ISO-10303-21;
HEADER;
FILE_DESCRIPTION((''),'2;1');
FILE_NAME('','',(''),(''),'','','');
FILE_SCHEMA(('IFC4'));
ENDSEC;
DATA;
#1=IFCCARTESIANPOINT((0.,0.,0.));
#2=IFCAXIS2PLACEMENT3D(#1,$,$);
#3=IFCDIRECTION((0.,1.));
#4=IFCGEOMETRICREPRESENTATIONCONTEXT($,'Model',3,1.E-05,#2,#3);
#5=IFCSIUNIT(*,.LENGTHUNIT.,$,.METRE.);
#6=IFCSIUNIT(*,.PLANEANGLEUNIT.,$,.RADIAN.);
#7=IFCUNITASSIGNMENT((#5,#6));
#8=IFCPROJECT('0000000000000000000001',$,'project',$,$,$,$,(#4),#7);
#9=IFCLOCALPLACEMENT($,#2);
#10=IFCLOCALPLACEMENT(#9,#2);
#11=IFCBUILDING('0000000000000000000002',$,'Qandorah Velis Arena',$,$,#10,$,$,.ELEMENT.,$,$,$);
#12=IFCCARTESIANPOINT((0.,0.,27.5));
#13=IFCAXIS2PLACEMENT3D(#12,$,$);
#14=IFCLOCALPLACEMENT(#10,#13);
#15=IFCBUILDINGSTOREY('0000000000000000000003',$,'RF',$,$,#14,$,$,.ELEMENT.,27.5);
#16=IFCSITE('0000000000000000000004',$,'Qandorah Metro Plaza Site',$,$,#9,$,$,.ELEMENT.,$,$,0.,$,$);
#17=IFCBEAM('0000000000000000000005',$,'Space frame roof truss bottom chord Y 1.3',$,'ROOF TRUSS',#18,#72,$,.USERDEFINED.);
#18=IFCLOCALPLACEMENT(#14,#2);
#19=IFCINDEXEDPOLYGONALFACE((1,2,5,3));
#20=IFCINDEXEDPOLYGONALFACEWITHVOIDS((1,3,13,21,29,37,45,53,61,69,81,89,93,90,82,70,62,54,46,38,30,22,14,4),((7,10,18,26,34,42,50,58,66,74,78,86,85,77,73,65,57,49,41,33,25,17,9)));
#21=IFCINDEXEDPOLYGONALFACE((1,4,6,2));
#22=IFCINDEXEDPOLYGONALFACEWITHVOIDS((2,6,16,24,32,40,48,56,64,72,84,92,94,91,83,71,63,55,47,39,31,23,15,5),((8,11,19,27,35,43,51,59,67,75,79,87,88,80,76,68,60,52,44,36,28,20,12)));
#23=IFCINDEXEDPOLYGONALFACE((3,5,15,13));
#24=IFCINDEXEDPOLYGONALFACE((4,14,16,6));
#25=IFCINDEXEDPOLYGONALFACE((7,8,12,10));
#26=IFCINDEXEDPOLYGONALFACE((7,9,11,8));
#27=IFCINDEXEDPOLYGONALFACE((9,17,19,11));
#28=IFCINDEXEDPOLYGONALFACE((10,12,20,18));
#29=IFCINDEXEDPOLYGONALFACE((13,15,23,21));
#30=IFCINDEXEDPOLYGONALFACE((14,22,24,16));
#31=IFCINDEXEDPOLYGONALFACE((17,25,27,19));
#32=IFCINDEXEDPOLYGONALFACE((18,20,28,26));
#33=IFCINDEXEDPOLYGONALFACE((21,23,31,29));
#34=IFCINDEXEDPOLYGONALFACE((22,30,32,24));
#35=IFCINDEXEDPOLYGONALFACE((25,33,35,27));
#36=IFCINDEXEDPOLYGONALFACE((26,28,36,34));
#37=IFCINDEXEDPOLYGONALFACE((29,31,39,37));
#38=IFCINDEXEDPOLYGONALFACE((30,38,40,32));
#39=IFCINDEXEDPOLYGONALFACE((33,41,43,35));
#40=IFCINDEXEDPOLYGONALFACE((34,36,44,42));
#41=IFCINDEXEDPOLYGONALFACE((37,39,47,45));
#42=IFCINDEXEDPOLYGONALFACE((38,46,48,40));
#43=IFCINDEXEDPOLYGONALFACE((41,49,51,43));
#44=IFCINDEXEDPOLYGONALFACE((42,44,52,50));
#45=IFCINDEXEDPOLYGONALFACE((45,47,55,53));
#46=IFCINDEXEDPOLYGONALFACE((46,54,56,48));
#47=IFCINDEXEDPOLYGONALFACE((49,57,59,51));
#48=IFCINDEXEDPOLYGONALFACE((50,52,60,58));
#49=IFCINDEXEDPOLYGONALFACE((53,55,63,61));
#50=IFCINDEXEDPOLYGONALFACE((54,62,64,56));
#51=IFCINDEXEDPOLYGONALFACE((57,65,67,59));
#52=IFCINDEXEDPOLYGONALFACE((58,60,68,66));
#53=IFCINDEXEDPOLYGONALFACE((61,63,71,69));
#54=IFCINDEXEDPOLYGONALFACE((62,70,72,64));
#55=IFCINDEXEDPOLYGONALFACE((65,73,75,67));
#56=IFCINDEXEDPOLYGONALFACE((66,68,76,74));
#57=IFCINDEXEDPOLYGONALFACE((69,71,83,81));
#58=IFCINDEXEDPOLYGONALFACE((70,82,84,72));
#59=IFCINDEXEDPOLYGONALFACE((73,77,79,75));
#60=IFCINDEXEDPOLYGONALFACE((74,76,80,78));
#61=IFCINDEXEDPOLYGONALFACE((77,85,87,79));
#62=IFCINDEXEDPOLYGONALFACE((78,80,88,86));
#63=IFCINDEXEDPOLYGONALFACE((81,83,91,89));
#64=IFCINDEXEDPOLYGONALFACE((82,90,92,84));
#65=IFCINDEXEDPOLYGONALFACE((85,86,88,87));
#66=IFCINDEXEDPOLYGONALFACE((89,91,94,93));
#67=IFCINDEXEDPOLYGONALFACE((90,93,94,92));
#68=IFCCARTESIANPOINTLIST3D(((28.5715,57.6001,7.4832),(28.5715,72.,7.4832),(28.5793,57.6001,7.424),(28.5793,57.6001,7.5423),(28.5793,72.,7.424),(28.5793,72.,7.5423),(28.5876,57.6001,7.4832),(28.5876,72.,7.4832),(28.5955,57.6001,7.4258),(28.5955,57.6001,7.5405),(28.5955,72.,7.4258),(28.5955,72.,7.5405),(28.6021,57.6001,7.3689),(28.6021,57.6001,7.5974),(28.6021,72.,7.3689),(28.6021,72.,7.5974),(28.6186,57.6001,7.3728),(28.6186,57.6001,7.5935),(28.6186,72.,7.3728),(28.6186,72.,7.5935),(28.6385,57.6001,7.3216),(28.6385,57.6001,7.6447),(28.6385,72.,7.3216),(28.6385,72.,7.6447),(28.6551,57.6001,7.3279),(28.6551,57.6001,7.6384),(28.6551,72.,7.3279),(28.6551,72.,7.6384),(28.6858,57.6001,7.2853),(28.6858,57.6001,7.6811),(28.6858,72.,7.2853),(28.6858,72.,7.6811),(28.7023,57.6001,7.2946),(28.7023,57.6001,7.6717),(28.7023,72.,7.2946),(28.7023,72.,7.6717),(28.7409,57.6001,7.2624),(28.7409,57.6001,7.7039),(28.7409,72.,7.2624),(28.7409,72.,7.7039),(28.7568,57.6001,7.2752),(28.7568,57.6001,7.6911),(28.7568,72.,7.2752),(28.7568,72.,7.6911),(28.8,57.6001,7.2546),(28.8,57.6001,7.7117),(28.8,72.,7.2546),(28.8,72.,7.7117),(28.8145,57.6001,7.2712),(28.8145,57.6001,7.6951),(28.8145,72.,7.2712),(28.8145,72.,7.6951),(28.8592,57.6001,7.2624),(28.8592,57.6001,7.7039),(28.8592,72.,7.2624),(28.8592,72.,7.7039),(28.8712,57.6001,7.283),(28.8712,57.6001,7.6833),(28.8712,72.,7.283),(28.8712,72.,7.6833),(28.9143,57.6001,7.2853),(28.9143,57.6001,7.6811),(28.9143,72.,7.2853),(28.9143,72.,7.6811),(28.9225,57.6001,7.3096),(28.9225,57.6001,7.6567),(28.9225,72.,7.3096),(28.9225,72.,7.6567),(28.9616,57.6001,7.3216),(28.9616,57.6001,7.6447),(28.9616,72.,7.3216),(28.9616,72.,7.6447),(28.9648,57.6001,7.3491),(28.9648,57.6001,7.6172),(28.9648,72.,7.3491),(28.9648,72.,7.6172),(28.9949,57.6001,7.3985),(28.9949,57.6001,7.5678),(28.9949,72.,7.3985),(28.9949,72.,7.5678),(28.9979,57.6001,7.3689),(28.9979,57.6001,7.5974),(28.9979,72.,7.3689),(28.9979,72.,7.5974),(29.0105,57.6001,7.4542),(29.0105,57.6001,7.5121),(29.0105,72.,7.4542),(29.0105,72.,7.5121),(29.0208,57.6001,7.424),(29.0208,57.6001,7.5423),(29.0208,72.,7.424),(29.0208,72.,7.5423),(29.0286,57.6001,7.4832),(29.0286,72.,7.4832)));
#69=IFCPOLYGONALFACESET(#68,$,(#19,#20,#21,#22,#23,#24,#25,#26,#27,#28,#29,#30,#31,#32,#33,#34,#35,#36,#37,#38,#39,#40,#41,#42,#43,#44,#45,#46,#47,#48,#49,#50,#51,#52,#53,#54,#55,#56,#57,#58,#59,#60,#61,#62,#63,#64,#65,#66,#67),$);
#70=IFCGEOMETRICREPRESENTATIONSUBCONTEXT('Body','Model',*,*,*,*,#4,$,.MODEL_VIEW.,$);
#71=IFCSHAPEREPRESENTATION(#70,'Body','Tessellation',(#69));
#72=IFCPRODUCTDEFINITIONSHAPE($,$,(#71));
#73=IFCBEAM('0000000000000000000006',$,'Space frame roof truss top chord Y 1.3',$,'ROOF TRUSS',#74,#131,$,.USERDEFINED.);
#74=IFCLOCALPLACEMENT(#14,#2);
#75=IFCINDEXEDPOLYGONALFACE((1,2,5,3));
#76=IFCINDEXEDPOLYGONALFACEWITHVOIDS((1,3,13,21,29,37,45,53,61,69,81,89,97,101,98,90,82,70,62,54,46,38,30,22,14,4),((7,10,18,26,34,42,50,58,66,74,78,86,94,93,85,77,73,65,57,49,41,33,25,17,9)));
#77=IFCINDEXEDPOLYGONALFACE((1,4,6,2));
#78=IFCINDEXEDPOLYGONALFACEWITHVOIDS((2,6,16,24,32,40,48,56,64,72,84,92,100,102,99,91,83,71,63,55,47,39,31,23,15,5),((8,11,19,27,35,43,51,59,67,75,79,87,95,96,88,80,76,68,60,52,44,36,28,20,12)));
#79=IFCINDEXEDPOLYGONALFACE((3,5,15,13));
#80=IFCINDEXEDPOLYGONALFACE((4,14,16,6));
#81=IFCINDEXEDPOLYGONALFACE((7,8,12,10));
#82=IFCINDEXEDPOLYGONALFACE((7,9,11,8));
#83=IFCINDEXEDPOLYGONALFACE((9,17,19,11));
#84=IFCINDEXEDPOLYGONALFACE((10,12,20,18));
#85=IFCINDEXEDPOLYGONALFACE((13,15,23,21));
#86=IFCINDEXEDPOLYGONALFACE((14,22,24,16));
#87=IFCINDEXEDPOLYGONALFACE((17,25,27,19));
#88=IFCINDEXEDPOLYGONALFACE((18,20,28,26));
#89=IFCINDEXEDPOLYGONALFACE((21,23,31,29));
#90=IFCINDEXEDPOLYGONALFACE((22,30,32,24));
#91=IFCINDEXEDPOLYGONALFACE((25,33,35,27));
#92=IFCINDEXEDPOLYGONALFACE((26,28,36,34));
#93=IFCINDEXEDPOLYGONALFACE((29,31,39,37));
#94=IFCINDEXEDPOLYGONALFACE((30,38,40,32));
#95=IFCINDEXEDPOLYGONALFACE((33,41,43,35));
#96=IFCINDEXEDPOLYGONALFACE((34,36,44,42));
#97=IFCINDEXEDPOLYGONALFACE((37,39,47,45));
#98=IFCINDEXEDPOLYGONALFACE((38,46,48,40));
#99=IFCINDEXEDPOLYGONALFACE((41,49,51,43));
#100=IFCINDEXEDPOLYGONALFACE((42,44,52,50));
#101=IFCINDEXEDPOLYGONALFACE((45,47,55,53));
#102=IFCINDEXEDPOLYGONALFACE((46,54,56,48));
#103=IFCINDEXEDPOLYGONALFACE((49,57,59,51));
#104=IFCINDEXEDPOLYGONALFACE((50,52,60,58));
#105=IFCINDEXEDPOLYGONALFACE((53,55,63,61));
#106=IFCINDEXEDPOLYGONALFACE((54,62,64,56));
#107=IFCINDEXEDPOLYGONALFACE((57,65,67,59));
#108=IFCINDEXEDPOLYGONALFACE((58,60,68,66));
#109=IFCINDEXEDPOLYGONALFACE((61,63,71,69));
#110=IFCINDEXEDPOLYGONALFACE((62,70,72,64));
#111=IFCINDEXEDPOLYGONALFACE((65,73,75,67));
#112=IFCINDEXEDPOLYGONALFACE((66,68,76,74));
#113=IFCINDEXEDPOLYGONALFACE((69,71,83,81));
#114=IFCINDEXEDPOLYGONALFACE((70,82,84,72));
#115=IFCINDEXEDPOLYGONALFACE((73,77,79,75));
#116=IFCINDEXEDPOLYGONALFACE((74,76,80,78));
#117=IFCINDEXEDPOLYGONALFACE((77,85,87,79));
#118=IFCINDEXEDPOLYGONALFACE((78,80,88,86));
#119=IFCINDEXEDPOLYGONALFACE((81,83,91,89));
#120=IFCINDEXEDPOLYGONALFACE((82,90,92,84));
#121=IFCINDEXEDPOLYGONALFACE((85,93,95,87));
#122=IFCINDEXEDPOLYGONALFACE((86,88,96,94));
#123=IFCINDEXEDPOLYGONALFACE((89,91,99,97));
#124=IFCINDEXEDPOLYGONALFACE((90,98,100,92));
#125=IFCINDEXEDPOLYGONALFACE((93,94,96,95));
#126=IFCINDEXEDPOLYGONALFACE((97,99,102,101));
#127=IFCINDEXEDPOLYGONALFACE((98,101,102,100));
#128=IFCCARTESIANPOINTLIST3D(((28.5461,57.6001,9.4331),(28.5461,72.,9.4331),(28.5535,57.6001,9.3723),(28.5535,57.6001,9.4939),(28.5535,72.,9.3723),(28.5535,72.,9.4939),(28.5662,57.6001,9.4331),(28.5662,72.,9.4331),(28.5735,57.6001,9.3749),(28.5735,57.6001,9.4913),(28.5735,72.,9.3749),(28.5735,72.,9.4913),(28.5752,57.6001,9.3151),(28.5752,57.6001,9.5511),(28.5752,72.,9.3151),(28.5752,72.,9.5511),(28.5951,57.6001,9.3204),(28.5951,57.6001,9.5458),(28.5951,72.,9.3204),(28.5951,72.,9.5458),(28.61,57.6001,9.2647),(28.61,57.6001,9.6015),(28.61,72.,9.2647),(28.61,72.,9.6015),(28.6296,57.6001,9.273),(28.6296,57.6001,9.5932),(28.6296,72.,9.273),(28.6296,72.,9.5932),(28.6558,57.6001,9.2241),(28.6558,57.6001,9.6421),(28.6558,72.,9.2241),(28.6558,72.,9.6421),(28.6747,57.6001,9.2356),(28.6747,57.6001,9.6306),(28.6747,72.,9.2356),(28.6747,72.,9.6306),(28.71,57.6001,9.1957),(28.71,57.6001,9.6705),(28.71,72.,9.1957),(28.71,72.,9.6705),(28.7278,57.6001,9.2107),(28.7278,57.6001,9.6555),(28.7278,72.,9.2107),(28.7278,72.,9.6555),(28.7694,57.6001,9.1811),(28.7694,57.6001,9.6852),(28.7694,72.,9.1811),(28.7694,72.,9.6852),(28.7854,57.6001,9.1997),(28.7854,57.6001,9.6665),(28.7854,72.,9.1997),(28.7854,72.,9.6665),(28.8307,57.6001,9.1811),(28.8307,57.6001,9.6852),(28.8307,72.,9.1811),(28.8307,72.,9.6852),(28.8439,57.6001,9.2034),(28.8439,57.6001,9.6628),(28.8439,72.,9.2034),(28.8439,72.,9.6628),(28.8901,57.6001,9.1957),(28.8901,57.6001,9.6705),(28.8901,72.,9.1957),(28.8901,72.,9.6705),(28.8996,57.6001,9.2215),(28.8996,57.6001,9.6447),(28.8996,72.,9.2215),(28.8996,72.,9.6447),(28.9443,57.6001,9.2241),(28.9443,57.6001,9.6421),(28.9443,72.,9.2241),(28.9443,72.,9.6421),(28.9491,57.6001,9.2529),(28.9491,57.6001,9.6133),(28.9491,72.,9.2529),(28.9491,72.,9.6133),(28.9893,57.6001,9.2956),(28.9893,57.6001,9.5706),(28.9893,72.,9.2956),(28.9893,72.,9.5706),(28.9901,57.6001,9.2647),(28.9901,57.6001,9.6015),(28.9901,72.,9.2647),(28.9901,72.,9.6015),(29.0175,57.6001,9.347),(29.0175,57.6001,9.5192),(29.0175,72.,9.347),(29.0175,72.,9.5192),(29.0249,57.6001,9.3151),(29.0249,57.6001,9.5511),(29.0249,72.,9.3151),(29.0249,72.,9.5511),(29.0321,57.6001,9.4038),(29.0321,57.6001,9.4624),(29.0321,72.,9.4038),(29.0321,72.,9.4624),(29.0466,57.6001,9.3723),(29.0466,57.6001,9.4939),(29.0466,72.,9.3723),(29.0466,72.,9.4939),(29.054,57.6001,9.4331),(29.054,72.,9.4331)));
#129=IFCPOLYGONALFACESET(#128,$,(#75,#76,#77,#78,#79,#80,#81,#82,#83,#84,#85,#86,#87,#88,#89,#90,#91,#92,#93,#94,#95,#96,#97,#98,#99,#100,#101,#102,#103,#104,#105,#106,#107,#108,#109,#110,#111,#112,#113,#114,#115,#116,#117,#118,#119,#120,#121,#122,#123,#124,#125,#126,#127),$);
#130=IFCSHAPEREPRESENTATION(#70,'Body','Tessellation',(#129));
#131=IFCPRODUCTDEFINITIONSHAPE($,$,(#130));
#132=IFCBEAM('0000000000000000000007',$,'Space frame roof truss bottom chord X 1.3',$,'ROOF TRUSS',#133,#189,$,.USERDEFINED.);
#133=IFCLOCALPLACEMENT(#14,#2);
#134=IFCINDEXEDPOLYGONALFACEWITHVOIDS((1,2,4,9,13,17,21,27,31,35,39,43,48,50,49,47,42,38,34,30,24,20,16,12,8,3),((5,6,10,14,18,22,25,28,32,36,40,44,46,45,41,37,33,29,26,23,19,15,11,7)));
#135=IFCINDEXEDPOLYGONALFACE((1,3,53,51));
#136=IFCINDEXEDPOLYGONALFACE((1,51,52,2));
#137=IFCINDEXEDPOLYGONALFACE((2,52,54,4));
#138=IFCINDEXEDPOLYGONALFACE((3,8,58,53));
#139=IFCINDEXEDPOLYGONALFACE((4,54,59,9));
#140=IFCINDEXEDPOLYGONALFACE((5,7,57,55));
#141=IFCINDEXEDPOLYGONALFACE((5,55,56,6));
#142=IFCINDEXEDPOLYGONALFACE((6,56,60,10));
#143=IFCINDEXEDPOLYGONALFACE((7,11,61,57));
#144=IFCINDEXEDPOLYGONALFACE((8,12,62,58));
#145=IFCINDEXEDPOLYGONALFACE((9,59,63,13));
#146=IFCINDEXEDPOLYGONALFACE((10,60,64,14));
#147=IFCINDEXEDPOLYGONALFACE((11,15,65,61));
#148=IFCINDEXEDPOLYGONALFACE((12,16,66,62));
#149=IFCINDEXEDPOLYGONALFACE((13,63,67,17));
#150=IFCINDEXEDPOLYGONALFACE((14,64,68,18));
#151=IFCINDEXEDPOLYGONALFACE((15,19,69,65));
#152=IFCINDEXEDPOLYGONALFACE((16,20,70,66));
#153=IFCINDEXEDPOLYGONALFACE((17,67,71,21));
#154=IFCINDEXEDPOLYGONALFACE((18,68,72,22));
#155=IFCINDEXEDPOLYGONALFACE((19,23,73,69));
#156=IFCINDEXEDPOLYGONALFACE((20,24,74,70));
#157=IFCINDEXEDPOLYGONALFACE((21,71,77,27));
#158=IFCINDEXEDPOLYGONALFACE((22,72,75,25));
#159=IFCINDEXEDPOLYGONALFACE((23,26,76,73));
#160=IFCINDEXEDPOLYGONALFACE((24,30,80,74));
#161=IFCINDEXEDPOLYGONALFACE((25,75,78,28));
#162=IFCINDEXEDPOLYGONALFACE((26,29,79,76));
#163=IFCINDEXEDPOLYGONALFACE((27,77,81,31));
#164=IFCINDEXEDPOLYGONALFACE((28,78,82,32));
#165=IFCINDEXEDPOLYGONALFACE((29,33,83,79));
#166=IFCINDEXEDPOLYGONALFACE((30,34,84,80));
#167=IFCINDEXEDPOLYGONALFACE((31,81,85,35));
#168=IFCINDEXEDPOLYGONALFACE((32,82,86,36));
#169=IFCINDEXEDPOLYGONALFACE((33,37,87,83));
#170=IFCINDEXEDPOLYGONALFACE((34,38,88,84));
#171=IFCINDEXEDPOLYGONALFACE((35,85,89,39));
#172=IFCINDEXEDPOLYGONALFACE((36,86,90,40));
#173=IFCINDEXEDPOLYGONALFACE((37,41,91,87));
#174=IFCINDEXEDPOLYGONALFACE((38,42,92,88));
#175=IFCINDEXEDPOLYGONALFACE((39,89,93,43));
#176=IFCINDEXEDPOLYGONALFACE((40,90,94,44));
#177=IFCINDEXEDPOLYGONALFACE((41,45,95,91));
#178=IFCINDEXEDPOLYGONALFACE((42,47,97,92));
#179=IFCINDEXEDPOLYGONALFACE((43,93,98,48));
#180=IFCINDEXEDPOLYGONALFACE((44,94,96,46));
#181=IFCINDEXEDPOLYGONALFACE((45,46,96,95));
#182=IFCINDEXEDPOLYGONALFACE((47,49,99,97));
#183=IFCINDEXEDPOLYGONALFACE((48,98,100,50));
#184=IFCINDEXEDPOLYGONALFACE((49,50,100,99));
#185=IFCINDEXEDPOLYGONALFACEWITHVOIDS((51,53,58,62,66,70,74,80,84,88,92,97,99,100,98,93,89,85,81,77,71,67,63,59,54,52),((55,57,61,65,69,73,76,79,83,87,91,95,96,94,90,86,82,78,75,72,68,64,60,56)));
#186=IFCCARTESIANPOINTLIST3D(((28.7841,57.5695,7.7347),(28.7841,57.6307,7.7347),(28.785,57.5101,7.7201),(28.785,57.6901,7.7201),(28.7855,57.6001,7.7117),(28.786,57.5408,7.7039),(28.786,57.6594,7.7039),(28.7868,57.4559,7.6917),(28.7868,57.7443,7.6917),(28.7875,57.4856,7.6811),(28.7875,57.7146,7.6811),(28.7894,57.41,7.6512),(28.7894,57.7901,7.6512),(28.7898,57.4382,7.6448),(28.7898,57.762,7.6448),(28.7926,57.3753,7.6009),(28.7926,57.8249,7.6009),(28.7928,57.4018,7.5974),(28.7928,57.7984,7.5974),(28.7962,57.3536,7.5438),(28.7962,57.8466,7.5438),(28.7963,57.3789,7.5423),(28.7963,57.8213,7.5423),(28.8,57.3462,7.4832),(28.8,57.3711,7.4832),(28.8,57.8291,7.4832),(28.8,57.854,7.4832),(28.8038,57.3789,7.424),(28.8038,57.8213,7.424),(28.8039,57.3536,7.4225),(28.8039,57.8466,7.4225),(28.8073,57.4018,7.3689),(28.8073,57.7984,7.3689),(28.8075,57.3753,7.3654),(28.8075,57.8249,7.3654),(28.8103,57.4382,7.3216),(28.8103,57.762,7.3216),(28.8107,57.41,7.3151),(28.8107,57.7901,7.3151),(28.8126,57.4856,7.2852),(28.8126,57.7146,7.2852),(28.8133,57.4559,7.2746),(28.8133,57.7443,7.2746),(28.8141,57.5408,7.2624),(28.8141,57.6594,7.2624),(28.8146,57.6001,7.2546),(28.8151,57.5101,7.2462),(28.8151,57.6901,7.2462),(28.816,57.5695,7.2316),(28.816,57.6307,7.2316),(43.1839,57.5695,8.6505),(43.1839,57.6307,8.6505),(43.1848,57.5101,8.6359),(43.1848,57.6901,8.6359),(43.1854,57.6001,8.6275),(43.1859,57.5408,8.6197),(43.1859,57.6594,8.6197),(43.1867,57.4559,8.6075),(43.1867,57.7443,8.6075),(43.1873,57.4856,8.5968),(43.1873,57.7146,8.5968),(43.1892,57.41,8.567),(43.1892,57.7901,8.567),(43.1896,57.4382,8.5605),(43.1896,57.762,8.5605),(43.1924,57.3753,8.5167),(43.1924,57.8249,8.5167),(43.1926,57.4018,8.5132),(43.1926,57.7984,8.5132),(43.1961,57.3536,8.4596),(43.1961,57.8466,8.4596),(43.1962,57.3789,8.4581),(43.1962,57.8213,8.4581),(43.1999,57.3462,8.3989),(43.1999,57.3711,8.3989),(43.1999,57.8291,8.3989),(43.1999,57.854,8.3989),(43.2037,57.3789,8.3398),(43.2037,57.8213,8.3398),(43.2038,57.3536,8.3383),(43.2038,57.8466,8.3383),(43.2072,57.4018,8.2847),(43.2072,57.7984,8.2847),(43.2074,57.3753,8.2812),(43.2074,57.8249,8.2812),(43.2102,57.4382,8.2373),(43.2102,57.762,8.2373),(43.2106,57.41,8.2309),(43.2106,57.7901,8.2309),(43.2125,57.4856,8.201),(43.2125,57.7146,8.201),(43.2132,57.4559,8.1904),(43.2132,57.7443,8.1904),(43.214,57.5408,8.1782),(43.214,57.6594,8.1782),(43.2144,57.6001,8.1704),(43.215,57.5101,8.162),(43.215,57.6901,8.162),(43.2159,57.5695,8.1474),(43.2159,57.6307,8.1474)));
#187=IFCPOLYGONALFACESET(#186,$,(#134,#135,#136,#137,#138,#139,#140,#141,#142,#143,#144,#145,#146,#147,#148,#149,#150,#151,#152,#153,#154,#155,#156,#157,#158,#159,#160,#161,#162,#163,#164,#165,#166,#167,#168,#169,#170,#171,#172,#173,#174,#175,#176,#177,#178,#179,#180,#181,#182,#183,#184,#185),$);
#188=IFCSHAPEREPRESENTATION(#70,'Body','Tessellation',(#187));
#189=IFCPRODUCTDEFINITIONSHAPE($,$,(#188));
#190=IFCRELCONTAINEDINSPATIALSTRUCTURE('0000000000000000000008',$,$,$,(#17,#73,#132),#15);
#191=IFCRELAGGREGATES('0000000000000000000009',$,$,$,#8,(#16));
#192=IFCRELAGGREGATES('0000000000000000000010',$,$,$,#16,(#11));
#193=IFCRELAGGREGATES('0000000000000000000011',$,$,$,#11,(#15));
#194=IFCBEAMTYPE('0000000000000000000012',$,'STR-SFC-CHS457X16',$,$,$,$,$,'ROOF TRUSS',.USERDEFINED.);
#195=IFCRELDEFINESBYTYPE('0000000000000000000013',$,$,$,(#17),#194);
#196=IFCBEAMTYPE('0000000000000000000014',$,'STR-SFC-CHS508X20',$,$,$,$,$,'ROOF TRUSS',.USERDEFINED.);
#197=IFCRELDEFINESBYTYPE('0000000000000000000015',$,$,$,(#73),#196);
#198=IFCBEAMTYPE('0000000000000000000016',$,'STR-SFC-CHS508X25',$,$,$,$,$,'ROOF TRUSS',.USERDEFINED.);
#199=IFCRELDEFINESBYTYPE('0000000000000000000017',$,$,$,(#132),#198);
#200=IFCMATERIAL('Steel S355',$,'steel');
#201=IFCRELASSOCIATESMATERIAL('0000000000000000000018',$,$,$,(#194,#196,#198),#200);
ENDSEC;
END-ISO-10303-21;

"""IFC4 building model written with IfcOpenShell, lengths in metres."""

from ifc_helpers import new_model, si_unit, direction, frame, origin, origin_2d, place, context, subcontext, project, spatial, hollow_circle, extrude, material, material_profile, profile_set, type_object, element, save


model = new_model("IFC4")

# Units and contexts
model_context = context("Model", 3, precision=1e-05, world=origin(), true_north=direction((0.0, 1.0)))
body_context = subcontext(model_context, "Body", "Model", "MODEL_VIEW")
ifc_project = project(units=[si_unit("LENGTHUNIT", "METRE"), si_unit("PLANEANGLEUNIT", "RADIAN")], contexts=[model_context])

# Site, building, storey
site_placement = place(None, origin())
site = spatial("IfcSite", under=ifc_project, at=site_placement, Name="Qandorah Metro Plaza Site", CompositionType="ELEMENT", RefElevation=0.0)
building_placement = place(site_placement, origin())
building = spatial("IfcBuilding", under=site, at=building_placement, Name="Qandorah Velis Arena", CompositionType="ELEMENT")
storey_placement = place(building_placement, frame((0.0, 0.0, 27.5)))
storey = spatial("IfcBuildingStorey", under=building, at=storey_placement, Name="RF", CompositionType="ELEMENT", Elevation=27.5)

# Beams
ifc_material_1 = material(Name="Steel S355", Category="steel")
ifc_material_profile_1 = material_profile(ifc_material_1, hollow_circle(Radius=0.2285, WallThickness=0.0161, at=origin_2d()), Name="CHS 457x16")
ifc_profile_set_1 = profile_set([ifc_material_profile_1], Name="Steel S355")
beam_type_1 = type_object("IfcBeamType", Name="STR-SFC-CHS457X16", ElementType="ROOF TRUSS", PredefinedType="USERDEFINED", material=ifc_profile_set_1)
beam_1_placement = place(storey_placement, frame((28.8, 57.6001, 7.4832), z_axis=(0.0, 1.0, 0.0), x_axis=(-1.0, 0.0, 0.0)))
element("IfcBeam", 1, at=beam_1_placement, inside=storey, type_object=beam_type_1, Name="Space frame roof truss bottom chord Y 1.3", ObjectType="ROOF TRUSS", PredefinedType="USERDEFINED", context=body_context, shape_type="SweptSolid", body=[
    extrude(hollow_circle(Radius=0.2285, WallThickness=0.0161, at=origin_2d()), origin(), (0.0, 0.0, 1.0), 14.3999),
])
ifc_material_profile_2 = material_profile(ifc_material_1, hollow_circle(Radius=0.2539, WallThickness=0.02, at=origin_2d()), Name="CHS 508x20")
ifc_profile_set_2 = profile_set([ifc_material_profile_2], Name="Steel S355")
beam_type_2 = type_object("IfcBeamType", Name="STR-SFC-CHS508X20", ElementType="ROOF TRUSS", PredefinedType="USERDEFINED", material=ifc_profile_set_2)
beam_2_placement = place(storey_placement, frame((28.8, 57.6001, 9.4331), z_axis=(0.0, 1.0, 0.0), x_axis=(-1.0, 0.0, 0.0)))
element("IfcBeam", 2, at=beam_2_placement, inside=storey, type_object=beam_type_2, Name="Space frame roof truss top chord Y 1.3", ObjectType="ROOF TRUSS", PredefinedType="USERDEFINED", context=body_context, shape_type="SweptSolid", body=[
    extrude(hollow_circle(Radius=0.2539, WallThickness=0.02, at=origin_2d()), origin(), (0.0, 0.0, 1.0), 14.3999),
])
ifc_material_profile_3 = material_profile(ifc_material_1, hollow_circle(Radius=0.2539, WallThickness=0.0249, at=origin_2d()), Name="CHS 508x25")
ifc_profile_set_3 = profile_set([ifc_material_profile_3], Name="Steel S355")
beam_type_3 = type_object("IfcBeamType", Name="STR-SFC-CHS508X25", ElementType="ROOF TRUSS", PredefinedType="USERDEFINED", material=ifc_profile_set_3)
beam_3_placement = place(storey_placement, frame((28.8, 57.6001, 7.4832), z_axis=(0.997984, 0.0, 0.063467), x_axis=(0.0, 1.0, 0.0)))
element("IfcBeam", 3, at=beam_3_placement, inside=storey, type_object=beam_type_3, Name="Space frame roof truss bottom chord X 1.3", ObjectType="ROOF TRUSS", PredefinedType="USERDEFINED", context=body_context, shape_type="SweptSolid", body=[
    extrude(hollow_circle(Radius=0.2539, WallThickness=0.0249, at=origin_2d()), origin(), (0.0, 0.0, 1.0), 14.429),
])

save(model, "model.ifc")
